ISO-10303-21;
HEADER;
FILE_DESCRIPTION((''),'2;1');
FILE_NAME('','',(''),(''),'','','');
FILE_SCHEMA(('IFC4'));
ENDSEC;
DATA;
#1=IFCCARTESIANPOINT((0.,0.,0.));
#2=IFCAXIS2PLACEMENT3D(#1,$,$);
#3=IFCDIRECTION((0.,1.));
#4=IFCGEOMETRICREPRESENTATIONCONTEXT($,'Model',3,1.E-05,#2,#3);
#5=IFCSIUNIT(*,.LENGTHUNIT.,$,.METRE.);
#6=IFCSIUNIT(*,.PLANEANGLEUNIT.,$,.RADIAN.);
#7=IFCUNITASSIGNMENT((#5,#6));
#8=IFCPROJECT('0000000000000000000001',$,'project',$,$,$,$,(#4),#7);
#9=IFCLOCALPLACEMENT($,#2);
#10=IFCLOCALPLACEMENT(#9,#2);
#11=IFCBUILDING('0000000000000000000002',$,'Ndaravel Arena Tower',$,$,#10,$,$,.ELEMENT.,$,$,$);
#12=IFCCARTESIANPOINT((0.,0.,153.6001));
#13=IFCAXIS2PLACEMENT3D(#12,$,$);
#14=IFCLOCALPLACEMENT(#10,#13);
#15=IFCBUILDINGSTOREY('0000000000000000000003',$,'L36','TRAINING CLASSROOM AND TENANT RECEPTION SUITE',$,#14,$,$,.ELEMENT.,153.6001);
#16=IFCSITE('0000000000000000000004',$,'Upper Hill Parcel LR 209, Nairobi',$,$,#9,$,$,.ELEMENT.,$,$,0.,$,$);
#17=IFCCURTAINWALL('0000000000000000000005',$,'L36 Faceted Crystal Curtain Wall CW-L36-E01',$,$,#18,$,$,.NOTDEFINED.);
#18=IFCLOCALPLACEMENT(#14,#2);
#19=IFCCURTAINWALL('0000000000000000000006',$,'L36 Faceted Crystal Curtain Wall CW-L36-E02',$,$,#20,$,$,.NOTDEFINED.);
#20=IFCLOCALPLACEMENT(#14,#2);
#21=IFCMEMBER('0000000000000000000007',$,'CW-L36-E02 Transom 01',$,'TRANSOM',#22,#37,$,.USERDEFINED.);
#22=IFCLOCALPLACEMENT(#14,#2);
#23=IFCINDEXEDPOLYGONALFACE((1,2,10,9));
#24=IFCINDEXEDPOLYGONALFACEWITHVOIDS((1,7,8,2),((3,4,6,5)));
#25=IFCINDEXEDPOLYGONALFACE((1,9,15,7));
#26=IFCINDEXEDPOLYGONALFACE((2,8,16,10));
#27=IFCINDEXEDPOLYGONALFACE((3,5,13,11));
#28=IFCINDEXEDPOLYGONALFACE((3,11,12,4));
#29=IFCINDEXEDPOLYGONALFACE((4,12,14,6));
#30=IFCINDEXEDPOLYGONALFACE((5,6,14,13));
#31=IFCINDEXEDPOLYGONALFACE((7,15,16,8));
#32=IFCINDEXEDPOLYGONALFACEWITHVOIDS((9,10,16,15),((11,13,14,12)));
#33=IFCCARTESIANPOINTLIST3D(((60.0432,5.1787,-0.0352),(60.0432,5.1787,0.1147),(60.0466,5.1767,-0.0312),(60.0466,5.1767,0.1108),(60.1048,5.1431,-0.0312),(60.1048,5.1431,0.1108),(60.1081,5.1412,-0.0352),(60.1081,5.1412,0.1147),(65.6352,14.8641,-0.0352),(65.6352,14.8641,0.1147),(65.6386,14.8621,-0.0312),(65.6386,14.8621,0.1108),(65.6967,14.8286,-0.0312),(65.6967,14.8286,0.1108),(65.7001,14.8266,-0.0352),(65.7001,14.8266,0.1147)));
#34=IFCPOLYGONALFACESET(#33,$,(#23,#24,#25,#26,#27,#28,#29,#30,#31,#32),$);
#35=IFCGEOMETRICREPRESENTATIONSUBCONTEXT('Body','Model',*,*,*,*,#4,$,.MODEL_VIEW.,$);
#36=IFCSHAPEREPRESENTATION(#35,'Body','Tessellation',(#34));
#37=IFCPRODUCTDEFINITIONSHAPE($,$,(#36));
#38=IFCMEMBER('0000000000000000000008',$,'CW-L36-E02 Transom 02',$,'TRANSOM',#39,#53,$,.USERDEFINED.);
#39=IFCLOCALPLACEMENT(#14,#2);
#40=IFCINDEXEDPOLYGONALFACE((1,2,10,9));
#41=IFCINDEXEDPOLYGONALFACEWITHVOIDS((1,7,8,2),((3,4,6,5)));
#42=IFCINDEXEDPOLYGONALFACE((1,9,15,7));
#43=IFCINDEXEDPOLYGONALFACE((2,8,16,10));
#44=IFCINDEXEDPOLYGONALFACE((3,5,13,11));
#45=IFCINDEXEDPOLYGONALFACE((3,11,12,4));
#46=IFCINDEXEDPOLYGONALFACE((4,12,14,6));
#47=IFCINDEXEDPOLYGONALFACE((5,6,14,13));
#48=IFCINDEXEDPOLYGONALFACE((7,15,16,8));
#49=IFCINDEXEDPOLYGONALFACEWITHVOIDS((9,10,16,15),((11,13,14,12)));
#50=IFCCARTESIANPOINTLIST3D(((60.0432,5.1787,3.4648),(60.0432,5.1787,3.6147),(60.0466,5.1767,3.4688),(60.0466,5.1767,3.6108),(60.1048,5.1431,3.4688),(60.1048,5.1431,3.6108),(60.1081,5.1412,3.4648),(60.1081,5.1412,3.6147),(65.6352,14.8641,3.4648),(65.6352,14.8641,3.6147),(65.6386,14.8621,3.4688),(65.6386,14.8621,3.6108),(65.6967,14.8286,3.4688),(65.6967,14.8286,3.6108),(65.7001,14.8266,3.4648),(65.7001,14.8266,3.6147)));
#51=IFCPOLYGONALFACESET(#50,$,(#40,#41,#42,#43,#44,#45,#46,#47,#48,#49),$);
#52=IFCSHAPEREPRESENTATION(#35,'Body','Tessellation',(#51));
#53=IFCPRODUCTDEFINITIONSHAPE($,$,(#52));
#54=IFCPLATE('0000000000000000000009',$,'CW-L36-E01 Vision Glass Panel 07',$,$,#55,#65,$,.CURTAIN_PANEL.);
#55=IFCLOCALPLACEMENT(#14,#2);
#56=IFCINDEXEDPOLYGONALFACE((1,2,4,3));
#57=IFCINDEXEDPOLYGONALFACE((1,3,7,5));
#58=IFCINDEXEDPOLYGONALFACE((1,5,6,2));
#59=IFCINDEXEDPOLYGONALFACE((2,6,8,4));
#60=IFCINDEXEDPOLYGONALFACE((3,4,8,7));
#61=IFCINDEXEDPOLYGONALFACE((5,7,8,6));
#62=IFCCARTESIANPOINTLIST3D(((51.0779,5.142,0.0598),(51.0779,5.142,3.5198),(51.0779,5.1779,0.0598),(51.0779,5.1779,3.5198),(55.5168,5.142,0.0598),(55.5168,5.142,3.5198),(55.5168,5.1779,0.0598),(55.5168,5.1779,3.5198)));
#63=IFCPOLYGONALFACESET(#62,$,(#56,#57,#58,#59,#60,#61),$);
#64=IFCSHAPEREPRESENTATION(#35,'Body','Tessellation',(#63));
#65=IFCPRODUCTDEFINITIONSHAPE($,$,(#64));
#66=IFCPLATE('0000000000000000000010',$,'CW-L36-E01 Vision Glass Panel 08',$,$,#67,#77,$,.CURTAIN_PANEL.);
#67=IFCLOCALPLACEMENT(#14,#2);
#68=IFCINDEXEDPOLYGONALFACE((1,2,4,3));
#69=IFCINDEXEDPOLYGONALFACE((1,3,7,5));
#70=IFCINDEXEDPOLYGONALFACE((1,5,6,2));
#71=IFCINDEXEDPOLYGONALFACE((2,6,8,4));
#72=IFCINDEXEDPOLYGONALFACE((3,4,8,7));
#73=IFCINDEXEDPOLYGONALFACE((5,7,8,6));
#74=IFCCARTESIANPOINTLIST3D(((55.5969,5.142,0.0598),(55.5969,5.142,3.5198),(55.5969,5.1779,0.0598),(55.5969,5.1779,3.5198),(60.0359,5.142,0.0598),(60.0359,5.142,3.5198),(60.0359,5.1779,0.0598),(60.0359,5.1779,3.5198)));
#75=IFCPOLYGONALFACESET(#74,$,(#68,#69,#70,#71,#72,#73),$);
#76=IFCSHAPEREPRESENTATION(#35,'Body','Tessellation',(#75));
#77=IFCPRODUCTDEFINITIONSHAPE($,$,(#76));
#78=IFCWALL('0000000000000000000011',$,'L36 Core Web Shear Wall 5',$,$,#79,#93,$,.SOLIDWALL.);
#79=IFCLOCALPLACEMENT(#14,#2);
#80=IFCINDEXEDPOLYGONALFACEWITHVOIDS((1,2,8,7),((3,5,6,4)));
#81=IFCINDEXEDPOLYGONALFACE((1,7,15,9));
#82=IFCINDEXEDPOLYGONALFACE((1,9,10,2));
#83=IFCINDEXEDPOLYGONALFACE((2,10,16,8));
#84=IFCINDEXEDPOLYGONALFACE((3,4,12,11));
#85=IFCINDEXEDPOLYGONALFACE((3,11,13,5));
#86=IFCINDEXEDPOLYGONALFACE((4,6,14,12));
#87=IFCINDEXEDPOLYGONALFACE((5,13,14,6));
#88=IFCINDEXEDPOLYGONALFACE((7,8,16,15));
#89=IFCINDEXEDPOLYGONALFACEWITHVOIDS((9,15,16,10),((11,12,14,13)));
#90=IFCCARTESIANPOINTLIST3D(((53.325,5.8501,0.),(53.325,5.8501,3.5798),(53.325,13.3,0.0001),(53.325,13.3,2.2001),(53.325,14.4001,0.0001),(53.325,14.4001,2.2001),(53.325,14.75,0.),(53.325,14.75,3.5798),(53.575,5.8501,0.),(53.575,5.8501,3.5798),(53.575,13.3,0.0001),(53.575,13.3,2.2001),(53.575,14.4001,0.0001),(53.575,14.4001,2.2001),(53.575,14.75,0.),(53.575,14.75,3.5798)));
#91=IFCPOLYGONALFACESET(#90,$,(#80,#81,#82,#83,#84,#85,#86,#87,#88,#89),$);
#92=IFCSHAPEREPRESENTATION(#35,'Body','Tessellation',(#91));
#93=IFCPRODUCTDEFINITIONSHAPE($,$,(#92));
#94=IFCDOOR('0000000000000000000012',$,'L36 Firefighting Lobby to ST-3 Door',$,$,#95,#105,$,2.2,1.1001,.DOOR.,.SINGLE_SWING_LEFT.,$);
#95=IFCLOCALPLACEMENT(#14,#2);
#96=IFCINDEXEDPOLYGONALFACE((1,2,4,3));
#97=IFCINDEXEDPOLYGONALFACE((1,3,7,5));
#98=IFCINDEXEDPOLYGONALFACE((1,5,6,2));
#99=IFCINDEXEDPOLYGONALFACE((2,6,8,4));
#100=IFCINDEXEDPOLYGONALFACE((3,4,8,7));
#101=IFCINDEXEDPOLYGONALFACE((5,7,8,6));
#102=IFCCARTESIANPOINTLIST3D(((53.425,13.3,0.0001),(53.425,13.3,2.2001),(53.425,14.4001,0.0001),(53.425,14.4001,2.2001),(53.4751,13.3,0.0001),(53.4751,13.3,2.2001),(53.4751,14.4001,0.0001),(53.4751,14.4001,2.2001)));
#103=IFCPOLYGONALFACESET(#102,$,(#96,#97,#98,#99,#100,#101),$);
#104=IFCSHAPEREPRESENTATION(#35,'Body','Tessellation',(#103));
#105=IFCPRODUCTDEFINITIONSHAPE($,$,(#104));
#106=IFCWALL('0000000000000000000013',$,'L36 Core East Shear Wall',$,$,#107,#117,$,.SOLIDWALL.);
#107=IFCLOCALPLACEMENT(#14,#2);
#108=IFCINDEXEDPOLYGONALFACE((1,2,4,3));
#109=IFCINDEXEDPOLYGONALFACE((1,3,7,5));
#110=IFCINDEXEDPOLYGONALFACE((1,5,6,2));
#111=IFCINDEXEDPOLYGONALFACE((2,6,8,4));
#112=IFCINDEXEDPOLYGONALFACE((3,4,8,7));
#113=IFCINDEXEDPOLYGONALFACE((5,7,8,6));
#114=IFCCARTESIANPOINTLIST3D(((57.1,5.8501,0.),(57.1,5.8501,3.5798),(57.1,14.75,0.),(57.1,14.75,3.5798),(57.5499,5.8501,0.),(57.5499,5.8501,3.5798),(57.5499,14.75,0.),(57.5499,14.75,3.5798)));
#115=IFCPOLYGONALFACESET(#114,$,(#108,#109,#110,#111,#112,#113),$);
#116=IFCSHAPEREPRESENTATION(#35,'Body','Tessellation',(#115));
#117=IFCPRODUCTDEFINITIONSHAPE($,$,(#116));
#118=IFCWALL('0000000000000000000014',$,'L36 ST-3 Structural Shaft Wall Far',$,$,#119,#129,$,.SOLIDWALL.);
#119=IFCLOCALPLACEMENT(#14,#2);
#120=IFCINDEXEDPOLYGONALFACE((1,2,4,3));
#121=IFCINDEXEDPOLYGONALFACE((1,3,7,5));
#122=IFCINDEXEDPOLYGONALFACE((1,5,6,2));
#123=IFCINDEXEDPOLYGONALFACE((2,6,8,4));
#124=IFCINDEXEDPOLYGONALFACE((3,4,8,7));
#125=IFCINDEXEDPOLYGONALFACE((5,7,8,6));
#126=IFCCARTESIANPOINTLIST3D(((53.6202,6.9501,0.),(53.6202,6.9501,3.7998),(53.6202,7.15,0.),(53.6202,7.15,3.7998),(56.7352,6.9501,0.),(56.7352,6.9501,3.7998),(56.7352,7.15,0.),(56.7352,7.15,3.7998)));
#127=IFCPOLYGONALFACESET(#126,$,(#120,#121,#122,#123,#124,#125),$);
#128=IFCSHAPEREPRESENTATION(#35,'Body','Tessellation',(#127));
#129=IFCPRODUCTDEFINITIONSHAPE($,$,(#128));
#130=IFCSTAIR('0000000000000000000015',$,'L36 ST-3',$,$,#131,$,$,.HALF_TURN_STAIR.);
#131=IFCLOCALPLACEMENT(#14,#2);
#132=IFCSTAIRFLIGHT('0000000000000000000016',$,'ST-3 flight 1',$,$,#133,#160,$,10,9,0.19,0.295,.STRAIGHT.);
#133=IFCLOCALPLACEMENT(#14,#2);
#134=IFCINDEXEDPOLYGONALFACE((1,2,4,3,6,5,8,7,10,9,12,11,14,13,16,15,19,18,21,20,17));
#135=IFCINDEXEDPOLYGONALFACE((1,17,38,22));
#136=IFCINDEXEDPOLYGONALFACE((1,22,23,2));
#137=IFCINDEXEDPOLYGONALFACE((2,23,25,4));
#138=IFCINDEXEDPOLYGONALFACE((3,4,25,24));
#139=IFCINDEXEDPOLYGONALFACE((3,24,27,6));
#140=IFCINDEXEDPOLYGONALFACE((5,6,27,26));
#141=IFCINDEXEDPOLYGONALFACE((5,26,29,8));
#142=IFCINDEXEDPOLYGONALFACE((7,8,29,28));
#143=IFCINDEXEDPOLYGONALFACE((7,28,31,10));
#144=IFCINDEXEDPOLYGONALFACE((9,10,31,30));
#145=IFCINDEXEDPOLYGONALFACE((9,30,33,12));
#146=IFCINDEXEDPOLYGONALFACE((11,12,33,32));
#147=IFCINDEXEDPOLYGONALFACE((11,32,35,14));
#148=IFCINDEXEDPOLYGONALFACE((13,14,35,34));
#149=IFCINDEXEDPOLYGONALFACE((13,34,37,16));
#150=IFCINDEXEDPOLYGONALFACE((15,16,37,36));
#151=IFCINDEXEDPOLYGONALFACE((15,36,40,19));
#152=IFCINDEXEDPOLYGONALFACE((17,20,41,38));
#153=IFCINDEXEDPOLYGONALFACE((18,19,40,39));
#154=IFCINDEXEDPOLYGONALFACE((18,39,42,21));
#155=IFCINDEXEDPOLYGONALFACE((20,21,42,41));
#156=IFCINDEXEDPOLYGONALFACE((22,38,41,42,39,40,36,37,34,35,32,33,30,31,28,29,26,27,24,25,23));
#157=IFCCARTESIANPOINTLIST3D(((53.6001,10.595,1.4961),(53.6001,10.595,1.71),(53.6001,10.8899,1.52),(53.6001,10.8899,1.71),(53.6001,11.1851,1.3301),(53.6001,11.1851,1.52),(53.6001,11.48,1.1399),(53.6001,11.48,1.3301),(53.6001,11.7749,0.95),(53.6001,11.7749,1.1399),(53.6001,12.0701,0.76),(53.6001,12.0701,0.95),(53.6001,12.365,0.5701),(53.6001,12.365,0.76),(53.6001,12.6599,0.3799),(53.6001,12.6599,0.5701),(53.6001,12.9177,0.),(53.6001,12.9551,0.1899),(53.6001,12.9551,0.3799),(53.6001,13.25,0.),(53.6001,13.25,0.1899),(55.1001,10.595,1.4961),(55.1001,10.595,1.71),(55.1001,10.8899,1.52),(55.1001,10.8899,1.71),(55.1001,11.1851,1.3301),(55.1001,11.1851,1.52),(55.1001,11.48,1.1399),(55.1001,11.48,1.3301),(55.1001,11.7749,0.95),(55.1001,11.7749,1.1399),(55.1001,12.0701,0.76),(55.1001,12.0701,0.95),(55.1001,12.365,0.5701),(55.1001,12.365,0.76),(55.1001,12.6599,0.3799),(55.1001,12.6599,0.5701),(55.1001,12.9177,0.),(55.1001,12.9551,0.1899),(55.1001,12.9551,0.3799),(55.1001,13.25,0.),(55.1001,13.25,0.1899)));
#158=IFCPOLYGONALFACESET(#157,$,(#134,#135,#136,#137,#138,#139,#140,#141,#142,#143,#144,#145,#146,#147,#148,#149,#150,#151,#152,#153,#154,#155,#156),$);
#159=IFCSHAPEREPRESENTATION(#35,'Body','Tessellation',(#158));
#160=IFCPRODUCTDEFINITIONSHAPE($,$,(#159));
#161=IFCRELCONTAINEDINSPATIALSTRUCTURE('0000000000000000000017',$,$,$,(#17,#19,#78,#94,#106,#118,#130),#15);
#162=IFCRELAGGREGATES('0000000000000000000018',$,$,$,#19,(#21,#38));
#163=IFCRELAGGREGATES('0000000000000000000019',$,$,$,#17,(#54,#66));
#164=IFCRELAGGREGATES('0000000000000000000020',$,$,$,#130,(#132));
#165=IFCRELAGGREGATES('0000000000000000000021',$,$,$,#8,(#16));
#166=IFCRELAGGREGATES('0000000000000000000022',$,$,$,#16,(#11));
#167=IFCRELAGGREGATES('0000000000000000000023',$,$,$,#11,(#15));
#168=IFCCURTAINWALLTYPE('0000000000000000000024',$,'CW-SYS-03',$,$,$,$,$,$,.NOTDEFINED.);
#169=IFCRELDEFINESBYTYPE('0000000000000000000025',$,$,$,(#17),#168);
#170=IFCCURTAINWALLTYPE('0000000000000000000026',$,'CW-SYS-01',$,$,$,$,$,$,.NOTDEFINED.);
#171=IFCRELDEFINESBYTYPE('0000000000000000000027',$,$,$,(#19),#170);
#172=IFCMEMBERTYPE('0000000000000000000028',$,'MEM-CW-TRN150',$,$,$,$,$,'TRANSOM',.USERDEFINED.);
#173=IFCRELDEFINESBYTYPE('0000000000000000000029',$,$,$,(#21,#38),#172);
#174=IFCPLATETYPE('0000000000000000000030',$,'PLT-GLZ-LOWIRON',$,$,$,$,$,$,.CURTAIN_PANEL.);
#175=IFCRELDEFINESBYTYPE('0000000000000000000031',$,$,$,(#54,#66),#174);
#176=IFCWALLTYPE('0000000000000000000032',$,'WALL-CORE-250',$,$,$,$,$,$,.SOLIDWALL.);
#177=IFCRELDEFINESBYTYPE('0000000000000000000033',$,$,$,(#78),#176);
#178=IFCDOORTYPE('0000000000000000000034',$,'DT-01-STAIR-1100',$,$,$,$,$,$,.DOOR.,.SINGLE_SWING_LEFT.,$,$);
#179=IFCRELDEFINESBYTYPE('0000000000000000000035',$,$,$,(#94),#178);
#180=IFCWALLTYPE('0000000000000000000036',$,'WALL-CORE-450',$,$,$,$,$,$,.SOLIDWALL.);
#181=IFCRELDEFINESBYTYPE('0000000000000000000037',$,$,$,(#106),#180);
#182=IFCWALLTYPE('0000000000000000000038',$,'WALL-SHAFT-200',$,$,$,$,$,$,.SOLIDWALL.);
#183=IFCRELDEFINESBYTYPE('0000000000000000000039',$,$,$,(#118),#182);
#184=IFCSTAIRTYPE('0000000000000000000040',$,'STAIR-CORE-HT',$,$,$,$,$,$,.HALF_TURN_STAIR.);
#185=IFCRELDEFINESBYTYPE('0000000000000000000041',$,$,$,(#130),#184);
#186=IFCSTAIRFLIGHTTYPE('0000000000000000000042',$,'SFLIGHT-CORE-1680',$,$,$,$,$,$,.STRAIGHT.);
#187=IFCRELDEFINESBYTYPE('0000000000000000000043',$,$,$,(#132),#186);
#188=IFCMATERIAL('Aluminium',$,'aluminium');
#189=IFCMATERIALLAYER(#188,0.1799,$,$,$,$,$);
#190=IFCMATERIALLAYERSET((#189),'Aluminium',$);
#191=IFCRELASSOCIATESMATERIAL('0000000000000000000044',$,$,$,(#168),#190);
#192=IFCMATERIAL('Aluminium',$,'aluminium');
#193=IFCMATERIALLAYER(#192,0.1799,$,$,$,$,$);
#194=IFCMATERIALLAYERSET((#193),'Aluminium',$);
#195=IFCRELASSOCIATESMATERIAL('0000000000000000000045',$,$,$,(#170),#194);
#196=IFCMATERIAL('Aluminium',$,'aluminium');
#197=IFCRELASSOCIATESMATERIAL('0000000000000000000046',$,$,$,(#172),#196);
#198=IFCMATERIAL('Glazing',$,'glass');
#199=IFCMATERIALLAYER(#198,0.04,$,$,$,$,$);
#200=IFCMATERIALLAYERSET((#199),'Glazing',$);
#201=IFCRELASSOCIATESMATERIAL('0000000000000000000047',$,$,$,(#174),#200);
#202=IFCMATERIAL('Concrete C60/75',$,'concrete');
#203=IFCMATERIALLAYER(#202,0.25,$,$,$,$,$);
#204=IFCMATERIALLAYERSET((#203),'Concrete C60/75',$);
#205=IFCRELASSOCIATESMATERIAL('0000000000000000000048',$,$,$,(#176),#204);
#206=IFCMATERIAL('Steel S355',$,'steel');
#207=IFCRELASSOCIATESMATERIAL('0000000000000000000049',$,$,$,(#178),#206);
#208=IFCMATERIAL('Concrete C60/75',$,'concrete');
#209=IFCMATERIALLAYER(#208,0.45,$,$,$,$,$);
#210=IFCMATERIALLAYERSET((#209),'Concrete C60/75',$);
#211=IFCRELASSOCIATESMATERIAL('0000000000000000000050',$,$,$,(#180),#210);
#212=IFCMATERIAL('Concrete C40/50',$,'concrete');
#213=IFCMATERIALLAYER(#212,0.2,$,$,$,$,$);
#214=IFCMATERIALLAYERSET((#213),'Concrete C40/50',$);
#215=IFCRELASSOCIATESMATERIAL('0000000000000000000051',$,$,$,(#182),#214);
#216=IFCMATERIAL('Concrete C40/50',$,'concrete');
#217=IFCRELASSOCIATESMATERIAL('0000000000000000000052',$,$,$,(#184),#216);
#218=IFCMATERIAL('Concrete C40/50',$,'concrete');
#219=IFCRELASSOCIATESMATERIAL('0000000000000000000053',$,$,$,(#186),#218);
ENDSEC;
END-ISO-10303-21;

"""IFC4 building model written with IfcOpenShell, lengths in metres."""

from ifc_helpers import new_model, si_unit, direction, frame, frame_2d, origin, origin_2d, place, context, subcontext, project, spatial, polyline, rectangle, hollow_rectangle, outline, extrude, material, layer, layer_set, material_profile, profile_set, type_object, element, fill, aggregate, save


model = new_model("IFC4")

# Units and contexts
model_context = context("Model", 3, precision=1e-05, world=origin(), true_north=direction((0.0, 1.0)))
body_context = subcontext(model_context, "Body", "Model", "MODEL_VIEW")
ifc_project = project(units=[si_unit("LENGTHUNIT", "METRE"), si_unit("PLANEANGLEUNIT", "RADIAN")], contexts=[model_context])

# Site, building, storey
site_placement = place(None, origin())
site = spatial("IfcSite", under=ifc_project, at=site_placement, Name="Upper Hill Parcel LR 209, Nairobi", CompositionType="ELEMENT", RefElevation=0.0)
building_placement = place(site_placement, origin())
building = spatial("IfcBuilding", under=site, at=building_placement, Name="Ndaravel Arena Tower", CompositionType="ELEMENT")
storey_placement = place(building_placement, frame((0.0, 0.0, 153.6001)))
storey = spatial("IfcBuildingStorey", under=building, at=storey_placement, Name="L36", Description="TRAINING CLASSROOM AND TENANT RECEPTION SUITE", CompositionType="ELEMENT", Elevation=153.6001)

# Curtain wall
ifc_material_1 = material(Name="Aluminium", Category="aluminium")
ifc_layer_1 = layer(ifc_material_1, 0.1799)
ifc_layer_set_1 = layer_set([ifc_layer_1], Name="Aluminium")
curtain_wall_type_1 = type_object("IfcCurtainWallType", Name="CW-SYS-03", PredefinedType="NOTDEFINED", material=ifc_layer_set_1)
curtain_wall_1_placement = place(storey_placement, origin())
curtain_wall_1 = element("IfcCurtainWall", 1, at=curtain_wall_1_placement, inside=storey, type_object=curtain_wall_type_1, Name="L36 Faceted Crystal Curtain Wall CW-L36-E01", PredefinedType="NOTDEFINED")

# Curtain wall, members
ifc_material_2 = material(Name="Aluminium", Category="aluminium")
ifc_layer_2 = layer(ifc_material_2, 0.1799)
ifc_layer_set_2 = layer_set([ifc_layer_2], Name="Aluminium")
curtain_wall_type_2 = type_object("IfcCurtainWallType", Name="CW-SYS-01", PredefinedType="NOTDEFINED", material=ifc_layer_set_2)
curtain_wall_2_placement = place(storey_placement, origin())
curtain_wall_2 = element("IfcCurtainWall", 2, at=curtain_wall_2_placement, inside=storey, type_object=curtain_wall_type_2, Name="L36 Faceted Crystal Curtain Wall CW-L36-E02", PredefinedType="NOTDEFINED")
ifc_material_3 = material(Name="Aluminium", Category="aluminium")
ifc_material_profile_1 = material_profile(ifc_material_3, hollow_rectangle(XDim=0.075, YDim=0.1499, WallThickness=0.0039, at=origin_2d()), Name="CW TRANSOM 75x150x4")
ifc_profile_set_1 = profile_set([ifc_material_profile_1], Name="Aluminium")
member_type_1 = type_object("IfcMemberType", Name="MEM-CW-TRN150", ElementType="TRANSOM", PredefinedType="USERDEFINED", material=ifc_profile_set_1)
member_1_placement = place(storey_placement, frame((60.0757, 5.1599, 0.0398), z_axis=(0.500006, 0.866022, 0.0), x_axis=(-0.866022, 0.500006, 0.0)))
member_1 = element("IfcMember", 3, at=member_1_placement, type_object=member_type_1, Name="CW-L36-E02 Transom 01", ObjectType="TRANSOM", PredefinedType="USERDEFINED", context=body_context, shape_type="SweptSolid", body=[
    extrude(hollow_rectangle(XDim=0.075, YDim=0.1499, WallThickness=0.0039, at=origin_2d()), origin(), (0.0, 0.0, 1.0), 11.1838),
])
member_2_placement = place(storey_placement, frame((60.0757, 5.1599, 3.5398), z_axis=(0.500006, 0.866022, 0.0), x_axis=(-0.866022, 0.500006, 0.0)))
member_2 = element("IfcMember", 4, at=member_2_placement, type_object=member_type_1, Name="CW-L36-E02 Transom 02", ObjectType="TRANSOM", PredefinedType="USERDEFINED", context=body_context, shape_type="SweptSolid", body=[
    extrude(hollow_rectangle(XDim=0.075, YDim=0.1499, WallThickness=0.0039, at=origin_2d()), origin(), (0.0, 0.0, 1.0), 11.1838),
])
aggregate(curtain_wall_2, [member_1, member_2])

# Plates
ifc_material_4 = material(Name="Glazing", Category="glass")
ifc_layer_3 = layer(ifc_material_4, 0.04)
ifc_layer_set_3 = layer_set([ifc_layer_3], Name="Glazing")
plate_type = type_object("IfcPlateType", Name="PLT-GLZ-LOWIRON", PredefinedType="CURTAIN_PANEL", material=ifc_layer_set_3)
plate_1_placement = place(storey_placement, frame((53.2974, 5.1599, 0.0598), z_axis=(0.0, 0.0, 1.0), x_axis=(1.0, 0.0, 0.0)))
plate_1 = element("IfcPlate", 5, at=plate_1_placement, type_object=plate_type, Name="CW-L36-E01 Vision Glass Panel 07", PredefinedType="CURTAIN_PANEL", context=body_context, shape_type="SweptSolid", body=[
    extrude(rectangle(XDim=4.439, YDim=0.0359, at=origin_2d()), origin(), (0.0, 0.0, 1.0), 3.46),
])
plate_2_placement = place(storey_placement, frame((57.8164, 5.1599, 0.0598), z_axis=(0.0, 0.0, 1.0), x_axis=(1.0, 0.0, 0.0)))
plate_2 = element("IfcPlate", 6, at=plate_2_placement, type_object=plate_type, Name="CW-L36-E01 Vision Glass Panel 08", PredefinedType="CURTAIN_PANEL", context=body_context, shape_type="SweptSolid", body=[
    extrude(rectangle(XDim=4.439, YDim=0.0359, at=origin_2d()), origin(), (0.0, 0.0, 1.0), 3.46),
])
aggregate(curtain_wall_1, [plate_1, plate_2])

# Wall, opening, door
ifc_material_5 = material(Name="Concrete C60/75", Category="concrete")
ifc_layer_4 = layer(ifc_material_5, 0.25)
ifc_layer_set_4 = layer_set([ifc_layer_4], Name="Concrete C60/75")
wall_type_1 = type_object("IfcWallType", Name="WALL-CORE-250", PredefinedType="SOLIDWALL", material=ifc_layer_set_4)
wall_1_placement = place(storey_placement, frame((53.45, 5.8501, 0.0), z_axis=(0.0, 0.0, 1.0), x_axis=(0.0, 1.0, 0.0)))
wall_1 = element("IfcWall", 7, at=wall_1_placement, inside=storey, type_object=wall_type_1, Name="L36 Core Web Shear Wall 5", PredefinedType="SOLIDWALL", context=body_context, shape_type="SweptSolid", body=[
    extrude(rectangle(XDim=8.8999, YDim=0.25, at=frame_2d((4.45, 0.0))), origin(), (0.0, 0.0, 1.0), 3.5798),
])
opening_placement = place(wall_1_placement, frame((7.45, 0.0, 0.0)))
opening = element("IfcOpeningElement", 8, at=opening_placement, cuts=wall_1, PredefinedType="OPENING", context=body_context, shape_type="SweptSolid", body=[
    extrude(rectangle(XDim=1.1001, YDim=2.2, at=frame_2d((0.55, 1.1001))), frame((0.0, 0.125, 0.0), z_axis=(0.0, -1.0, 0.0), x_axis=(1.0, 0.0, 0.0)), (0.0, 0.0, 1.0), 0.25),
])
ifc_material_6 = material(Name="Steel S355", Category="steel")
door_type = type_object("IfcDoorType", Name="DT-01-STAIR-1100", OperationType="SINGLE_SWING_LEFT", PredefinedType="DOOR", material=ifc_material_6)
door_placement = place(opening_placement, origin())
door = element("IfcDoor", 9, at=door_placement, inside=storey, type_object=door_type, Name="L36 Firefighting Lobby to ST-3 Door", OperationType="SINGLE_SWING_LEFT", OverallHeight=2.2, OverallWidth=1.1001, PredefinedType="DOOR", context=body_context, shape_type="SweptSolid", body=[
    extrude(rectangle(XDim=1.1001, YDim=2.2, at=frame_2d((0.55, 1.1001))), frame((0.0, 0.0249, 0.0), z_axis=(0.0, -1.0, 0.0), x_axis=(1.0, 0.0, 0.0)), (0.0, 0.0, 1.0), 0.05),
])
fill(opening, door)

# Walls
ifc_material_7 = material(Name="Concrete C60/75", Category="concrete")
ifc_layer_5 = layer(ifc_material_7, 0.45)
ifc_layer_set_5 = layer_set([ifc_layer_5], Name="Concrete C60/75")
wall_type_2 = type_object("IfcWallType", Name="WALL-CORE-450", PredefinedType="SOLIDWALL", material=ifc_layer_set_5)
wall_2_placement = place(storey_placement, frame((57.325, 5.8501, 0.0), z_axis=(0.0, 0.0, 1.0), x_axis=(0.0, 1.0, 0.0)))
element("IfcWall", 10, at=wall_2_placement, inside=storey, type_object=wall_type_2, Name="L36 Core East Shear Wall", PredefinedType="SOLIDWALL", context=body_context, shape_type="SweptSolid", body=[
    extrude(rectangle(XDim=8.8999, YDim=0.45, at=frame_2d((4.45, 0.0))), origin(), (0.0, 0.0, 1.0), 3.5798),
])
ifc_material_8 = material(Name="Concrete C40/50", Category="concrete")
ifc_layer_6 = layer(ifc_material_8, 0.2)
ifc_layer_set_6 = layer_set([ifc_layer_6], Name="Concrete C40/50")
wall_type_3 = type_object("IfcWallType", Name="WALL-SHAFT-200", PredefinedType="SOLIDWALL", material=ifc_layer_set_6)
wall_3_placement = place(storey_placement, frame((53.6201, 7.05, 0.0), z_axis=(0.0, 0.0, 1.0), x_axis=(1.0, 0.0, 0.0)))
element("IfcWall", 11, at=wall_3_placement, inside=storey, type_object=wall_type_3, Name="L36 ST-3 Structural Shaft Wall Far", PredefinedType="SOLIDWALL", context=body_context, shape_type="SweptSolid", body=[
    extrude(rectangle(XDim=3.115, YDim=0.2, at=frame_2d((1.5576, 0.0))), origin(), (0.0, 0.0, 1.0), 3.7998),
])

# Stair, stair flight
ifc_material_9 = material(Name="Concrete C40/50", Category="concrete")
stair_type = type_object("IfcStairType", Name="STAIR-CORE-HT", PredefinedType="HALF_TURN_STAIR", material=ifc_material_9)
stair_placement = place(storey_placement, origin())
stair = element("IfcStair", 12, at=stair_placement, inside=storey, type_object=stair_type, Name="L36 ST-3", PredefinedType="HALF_TURN_STAIR")
ifc_material_10 = material(Name="Concrete C40/50", Category="concrete")
stair_flight_type = type_object("IfcStairFlightType", Name="SFLIGHT-CORE-1680", PredefinedType="STRAIGHT", material=ifc_material_10)
stair_flight_1_placement = place(storey_placement, frame((54.3501, 13.25, 0.0), z_axis=(0.0, 0.0, 1.0), x_axis=(0.0, -1.0, 0.0)))
stair_flight_1 = element("IfcStairFlight", 13, at=stair_flight_1_placement, type_object=stair_flight_type, Name="ST-3 flight 1", NumberOfRisers=10, NumberOfTreads=9, PredefinedType="STRAIGHT", RiserHeight=0.19, TreadLength=0.295, context=body_context, shape_type="SweptSolid", body=[
    extrude(outline(polyline([(0.0, 0.0), (0.0, 0.1899), (0.2949, 0.1899), (0.2949, 0.3799), (0.5901, 0.3799), (0.5901, 0.5701), (0.885, 0.5701), (0.885, 0.76), (1.1799, 0.76), (1.1799, 0.95), (1.4751, 0.95), (1.4751, 1.1399), (1.77, 1.1399), (1.77, 1.3301), (2.0649, 1.3301), (2.0649, 1.52), (2.3601, 1.52), (2.3601, 1.71), (2.655, 1.71), (2.655, 1.8999), (2.655, 1.4961), (0.3323, 0.0), (0.0, 0.0)])), frame((0.0, 0.75, 0.0), z_axis=(0.0, -1.0, 0.0), x_axis=(1.0, 0.0, 0.0)), (0.0, 0.0, 1.0), 1.5),
])
aggregate(stair, [stair_flight_1])

save(model, "model.ifc")
